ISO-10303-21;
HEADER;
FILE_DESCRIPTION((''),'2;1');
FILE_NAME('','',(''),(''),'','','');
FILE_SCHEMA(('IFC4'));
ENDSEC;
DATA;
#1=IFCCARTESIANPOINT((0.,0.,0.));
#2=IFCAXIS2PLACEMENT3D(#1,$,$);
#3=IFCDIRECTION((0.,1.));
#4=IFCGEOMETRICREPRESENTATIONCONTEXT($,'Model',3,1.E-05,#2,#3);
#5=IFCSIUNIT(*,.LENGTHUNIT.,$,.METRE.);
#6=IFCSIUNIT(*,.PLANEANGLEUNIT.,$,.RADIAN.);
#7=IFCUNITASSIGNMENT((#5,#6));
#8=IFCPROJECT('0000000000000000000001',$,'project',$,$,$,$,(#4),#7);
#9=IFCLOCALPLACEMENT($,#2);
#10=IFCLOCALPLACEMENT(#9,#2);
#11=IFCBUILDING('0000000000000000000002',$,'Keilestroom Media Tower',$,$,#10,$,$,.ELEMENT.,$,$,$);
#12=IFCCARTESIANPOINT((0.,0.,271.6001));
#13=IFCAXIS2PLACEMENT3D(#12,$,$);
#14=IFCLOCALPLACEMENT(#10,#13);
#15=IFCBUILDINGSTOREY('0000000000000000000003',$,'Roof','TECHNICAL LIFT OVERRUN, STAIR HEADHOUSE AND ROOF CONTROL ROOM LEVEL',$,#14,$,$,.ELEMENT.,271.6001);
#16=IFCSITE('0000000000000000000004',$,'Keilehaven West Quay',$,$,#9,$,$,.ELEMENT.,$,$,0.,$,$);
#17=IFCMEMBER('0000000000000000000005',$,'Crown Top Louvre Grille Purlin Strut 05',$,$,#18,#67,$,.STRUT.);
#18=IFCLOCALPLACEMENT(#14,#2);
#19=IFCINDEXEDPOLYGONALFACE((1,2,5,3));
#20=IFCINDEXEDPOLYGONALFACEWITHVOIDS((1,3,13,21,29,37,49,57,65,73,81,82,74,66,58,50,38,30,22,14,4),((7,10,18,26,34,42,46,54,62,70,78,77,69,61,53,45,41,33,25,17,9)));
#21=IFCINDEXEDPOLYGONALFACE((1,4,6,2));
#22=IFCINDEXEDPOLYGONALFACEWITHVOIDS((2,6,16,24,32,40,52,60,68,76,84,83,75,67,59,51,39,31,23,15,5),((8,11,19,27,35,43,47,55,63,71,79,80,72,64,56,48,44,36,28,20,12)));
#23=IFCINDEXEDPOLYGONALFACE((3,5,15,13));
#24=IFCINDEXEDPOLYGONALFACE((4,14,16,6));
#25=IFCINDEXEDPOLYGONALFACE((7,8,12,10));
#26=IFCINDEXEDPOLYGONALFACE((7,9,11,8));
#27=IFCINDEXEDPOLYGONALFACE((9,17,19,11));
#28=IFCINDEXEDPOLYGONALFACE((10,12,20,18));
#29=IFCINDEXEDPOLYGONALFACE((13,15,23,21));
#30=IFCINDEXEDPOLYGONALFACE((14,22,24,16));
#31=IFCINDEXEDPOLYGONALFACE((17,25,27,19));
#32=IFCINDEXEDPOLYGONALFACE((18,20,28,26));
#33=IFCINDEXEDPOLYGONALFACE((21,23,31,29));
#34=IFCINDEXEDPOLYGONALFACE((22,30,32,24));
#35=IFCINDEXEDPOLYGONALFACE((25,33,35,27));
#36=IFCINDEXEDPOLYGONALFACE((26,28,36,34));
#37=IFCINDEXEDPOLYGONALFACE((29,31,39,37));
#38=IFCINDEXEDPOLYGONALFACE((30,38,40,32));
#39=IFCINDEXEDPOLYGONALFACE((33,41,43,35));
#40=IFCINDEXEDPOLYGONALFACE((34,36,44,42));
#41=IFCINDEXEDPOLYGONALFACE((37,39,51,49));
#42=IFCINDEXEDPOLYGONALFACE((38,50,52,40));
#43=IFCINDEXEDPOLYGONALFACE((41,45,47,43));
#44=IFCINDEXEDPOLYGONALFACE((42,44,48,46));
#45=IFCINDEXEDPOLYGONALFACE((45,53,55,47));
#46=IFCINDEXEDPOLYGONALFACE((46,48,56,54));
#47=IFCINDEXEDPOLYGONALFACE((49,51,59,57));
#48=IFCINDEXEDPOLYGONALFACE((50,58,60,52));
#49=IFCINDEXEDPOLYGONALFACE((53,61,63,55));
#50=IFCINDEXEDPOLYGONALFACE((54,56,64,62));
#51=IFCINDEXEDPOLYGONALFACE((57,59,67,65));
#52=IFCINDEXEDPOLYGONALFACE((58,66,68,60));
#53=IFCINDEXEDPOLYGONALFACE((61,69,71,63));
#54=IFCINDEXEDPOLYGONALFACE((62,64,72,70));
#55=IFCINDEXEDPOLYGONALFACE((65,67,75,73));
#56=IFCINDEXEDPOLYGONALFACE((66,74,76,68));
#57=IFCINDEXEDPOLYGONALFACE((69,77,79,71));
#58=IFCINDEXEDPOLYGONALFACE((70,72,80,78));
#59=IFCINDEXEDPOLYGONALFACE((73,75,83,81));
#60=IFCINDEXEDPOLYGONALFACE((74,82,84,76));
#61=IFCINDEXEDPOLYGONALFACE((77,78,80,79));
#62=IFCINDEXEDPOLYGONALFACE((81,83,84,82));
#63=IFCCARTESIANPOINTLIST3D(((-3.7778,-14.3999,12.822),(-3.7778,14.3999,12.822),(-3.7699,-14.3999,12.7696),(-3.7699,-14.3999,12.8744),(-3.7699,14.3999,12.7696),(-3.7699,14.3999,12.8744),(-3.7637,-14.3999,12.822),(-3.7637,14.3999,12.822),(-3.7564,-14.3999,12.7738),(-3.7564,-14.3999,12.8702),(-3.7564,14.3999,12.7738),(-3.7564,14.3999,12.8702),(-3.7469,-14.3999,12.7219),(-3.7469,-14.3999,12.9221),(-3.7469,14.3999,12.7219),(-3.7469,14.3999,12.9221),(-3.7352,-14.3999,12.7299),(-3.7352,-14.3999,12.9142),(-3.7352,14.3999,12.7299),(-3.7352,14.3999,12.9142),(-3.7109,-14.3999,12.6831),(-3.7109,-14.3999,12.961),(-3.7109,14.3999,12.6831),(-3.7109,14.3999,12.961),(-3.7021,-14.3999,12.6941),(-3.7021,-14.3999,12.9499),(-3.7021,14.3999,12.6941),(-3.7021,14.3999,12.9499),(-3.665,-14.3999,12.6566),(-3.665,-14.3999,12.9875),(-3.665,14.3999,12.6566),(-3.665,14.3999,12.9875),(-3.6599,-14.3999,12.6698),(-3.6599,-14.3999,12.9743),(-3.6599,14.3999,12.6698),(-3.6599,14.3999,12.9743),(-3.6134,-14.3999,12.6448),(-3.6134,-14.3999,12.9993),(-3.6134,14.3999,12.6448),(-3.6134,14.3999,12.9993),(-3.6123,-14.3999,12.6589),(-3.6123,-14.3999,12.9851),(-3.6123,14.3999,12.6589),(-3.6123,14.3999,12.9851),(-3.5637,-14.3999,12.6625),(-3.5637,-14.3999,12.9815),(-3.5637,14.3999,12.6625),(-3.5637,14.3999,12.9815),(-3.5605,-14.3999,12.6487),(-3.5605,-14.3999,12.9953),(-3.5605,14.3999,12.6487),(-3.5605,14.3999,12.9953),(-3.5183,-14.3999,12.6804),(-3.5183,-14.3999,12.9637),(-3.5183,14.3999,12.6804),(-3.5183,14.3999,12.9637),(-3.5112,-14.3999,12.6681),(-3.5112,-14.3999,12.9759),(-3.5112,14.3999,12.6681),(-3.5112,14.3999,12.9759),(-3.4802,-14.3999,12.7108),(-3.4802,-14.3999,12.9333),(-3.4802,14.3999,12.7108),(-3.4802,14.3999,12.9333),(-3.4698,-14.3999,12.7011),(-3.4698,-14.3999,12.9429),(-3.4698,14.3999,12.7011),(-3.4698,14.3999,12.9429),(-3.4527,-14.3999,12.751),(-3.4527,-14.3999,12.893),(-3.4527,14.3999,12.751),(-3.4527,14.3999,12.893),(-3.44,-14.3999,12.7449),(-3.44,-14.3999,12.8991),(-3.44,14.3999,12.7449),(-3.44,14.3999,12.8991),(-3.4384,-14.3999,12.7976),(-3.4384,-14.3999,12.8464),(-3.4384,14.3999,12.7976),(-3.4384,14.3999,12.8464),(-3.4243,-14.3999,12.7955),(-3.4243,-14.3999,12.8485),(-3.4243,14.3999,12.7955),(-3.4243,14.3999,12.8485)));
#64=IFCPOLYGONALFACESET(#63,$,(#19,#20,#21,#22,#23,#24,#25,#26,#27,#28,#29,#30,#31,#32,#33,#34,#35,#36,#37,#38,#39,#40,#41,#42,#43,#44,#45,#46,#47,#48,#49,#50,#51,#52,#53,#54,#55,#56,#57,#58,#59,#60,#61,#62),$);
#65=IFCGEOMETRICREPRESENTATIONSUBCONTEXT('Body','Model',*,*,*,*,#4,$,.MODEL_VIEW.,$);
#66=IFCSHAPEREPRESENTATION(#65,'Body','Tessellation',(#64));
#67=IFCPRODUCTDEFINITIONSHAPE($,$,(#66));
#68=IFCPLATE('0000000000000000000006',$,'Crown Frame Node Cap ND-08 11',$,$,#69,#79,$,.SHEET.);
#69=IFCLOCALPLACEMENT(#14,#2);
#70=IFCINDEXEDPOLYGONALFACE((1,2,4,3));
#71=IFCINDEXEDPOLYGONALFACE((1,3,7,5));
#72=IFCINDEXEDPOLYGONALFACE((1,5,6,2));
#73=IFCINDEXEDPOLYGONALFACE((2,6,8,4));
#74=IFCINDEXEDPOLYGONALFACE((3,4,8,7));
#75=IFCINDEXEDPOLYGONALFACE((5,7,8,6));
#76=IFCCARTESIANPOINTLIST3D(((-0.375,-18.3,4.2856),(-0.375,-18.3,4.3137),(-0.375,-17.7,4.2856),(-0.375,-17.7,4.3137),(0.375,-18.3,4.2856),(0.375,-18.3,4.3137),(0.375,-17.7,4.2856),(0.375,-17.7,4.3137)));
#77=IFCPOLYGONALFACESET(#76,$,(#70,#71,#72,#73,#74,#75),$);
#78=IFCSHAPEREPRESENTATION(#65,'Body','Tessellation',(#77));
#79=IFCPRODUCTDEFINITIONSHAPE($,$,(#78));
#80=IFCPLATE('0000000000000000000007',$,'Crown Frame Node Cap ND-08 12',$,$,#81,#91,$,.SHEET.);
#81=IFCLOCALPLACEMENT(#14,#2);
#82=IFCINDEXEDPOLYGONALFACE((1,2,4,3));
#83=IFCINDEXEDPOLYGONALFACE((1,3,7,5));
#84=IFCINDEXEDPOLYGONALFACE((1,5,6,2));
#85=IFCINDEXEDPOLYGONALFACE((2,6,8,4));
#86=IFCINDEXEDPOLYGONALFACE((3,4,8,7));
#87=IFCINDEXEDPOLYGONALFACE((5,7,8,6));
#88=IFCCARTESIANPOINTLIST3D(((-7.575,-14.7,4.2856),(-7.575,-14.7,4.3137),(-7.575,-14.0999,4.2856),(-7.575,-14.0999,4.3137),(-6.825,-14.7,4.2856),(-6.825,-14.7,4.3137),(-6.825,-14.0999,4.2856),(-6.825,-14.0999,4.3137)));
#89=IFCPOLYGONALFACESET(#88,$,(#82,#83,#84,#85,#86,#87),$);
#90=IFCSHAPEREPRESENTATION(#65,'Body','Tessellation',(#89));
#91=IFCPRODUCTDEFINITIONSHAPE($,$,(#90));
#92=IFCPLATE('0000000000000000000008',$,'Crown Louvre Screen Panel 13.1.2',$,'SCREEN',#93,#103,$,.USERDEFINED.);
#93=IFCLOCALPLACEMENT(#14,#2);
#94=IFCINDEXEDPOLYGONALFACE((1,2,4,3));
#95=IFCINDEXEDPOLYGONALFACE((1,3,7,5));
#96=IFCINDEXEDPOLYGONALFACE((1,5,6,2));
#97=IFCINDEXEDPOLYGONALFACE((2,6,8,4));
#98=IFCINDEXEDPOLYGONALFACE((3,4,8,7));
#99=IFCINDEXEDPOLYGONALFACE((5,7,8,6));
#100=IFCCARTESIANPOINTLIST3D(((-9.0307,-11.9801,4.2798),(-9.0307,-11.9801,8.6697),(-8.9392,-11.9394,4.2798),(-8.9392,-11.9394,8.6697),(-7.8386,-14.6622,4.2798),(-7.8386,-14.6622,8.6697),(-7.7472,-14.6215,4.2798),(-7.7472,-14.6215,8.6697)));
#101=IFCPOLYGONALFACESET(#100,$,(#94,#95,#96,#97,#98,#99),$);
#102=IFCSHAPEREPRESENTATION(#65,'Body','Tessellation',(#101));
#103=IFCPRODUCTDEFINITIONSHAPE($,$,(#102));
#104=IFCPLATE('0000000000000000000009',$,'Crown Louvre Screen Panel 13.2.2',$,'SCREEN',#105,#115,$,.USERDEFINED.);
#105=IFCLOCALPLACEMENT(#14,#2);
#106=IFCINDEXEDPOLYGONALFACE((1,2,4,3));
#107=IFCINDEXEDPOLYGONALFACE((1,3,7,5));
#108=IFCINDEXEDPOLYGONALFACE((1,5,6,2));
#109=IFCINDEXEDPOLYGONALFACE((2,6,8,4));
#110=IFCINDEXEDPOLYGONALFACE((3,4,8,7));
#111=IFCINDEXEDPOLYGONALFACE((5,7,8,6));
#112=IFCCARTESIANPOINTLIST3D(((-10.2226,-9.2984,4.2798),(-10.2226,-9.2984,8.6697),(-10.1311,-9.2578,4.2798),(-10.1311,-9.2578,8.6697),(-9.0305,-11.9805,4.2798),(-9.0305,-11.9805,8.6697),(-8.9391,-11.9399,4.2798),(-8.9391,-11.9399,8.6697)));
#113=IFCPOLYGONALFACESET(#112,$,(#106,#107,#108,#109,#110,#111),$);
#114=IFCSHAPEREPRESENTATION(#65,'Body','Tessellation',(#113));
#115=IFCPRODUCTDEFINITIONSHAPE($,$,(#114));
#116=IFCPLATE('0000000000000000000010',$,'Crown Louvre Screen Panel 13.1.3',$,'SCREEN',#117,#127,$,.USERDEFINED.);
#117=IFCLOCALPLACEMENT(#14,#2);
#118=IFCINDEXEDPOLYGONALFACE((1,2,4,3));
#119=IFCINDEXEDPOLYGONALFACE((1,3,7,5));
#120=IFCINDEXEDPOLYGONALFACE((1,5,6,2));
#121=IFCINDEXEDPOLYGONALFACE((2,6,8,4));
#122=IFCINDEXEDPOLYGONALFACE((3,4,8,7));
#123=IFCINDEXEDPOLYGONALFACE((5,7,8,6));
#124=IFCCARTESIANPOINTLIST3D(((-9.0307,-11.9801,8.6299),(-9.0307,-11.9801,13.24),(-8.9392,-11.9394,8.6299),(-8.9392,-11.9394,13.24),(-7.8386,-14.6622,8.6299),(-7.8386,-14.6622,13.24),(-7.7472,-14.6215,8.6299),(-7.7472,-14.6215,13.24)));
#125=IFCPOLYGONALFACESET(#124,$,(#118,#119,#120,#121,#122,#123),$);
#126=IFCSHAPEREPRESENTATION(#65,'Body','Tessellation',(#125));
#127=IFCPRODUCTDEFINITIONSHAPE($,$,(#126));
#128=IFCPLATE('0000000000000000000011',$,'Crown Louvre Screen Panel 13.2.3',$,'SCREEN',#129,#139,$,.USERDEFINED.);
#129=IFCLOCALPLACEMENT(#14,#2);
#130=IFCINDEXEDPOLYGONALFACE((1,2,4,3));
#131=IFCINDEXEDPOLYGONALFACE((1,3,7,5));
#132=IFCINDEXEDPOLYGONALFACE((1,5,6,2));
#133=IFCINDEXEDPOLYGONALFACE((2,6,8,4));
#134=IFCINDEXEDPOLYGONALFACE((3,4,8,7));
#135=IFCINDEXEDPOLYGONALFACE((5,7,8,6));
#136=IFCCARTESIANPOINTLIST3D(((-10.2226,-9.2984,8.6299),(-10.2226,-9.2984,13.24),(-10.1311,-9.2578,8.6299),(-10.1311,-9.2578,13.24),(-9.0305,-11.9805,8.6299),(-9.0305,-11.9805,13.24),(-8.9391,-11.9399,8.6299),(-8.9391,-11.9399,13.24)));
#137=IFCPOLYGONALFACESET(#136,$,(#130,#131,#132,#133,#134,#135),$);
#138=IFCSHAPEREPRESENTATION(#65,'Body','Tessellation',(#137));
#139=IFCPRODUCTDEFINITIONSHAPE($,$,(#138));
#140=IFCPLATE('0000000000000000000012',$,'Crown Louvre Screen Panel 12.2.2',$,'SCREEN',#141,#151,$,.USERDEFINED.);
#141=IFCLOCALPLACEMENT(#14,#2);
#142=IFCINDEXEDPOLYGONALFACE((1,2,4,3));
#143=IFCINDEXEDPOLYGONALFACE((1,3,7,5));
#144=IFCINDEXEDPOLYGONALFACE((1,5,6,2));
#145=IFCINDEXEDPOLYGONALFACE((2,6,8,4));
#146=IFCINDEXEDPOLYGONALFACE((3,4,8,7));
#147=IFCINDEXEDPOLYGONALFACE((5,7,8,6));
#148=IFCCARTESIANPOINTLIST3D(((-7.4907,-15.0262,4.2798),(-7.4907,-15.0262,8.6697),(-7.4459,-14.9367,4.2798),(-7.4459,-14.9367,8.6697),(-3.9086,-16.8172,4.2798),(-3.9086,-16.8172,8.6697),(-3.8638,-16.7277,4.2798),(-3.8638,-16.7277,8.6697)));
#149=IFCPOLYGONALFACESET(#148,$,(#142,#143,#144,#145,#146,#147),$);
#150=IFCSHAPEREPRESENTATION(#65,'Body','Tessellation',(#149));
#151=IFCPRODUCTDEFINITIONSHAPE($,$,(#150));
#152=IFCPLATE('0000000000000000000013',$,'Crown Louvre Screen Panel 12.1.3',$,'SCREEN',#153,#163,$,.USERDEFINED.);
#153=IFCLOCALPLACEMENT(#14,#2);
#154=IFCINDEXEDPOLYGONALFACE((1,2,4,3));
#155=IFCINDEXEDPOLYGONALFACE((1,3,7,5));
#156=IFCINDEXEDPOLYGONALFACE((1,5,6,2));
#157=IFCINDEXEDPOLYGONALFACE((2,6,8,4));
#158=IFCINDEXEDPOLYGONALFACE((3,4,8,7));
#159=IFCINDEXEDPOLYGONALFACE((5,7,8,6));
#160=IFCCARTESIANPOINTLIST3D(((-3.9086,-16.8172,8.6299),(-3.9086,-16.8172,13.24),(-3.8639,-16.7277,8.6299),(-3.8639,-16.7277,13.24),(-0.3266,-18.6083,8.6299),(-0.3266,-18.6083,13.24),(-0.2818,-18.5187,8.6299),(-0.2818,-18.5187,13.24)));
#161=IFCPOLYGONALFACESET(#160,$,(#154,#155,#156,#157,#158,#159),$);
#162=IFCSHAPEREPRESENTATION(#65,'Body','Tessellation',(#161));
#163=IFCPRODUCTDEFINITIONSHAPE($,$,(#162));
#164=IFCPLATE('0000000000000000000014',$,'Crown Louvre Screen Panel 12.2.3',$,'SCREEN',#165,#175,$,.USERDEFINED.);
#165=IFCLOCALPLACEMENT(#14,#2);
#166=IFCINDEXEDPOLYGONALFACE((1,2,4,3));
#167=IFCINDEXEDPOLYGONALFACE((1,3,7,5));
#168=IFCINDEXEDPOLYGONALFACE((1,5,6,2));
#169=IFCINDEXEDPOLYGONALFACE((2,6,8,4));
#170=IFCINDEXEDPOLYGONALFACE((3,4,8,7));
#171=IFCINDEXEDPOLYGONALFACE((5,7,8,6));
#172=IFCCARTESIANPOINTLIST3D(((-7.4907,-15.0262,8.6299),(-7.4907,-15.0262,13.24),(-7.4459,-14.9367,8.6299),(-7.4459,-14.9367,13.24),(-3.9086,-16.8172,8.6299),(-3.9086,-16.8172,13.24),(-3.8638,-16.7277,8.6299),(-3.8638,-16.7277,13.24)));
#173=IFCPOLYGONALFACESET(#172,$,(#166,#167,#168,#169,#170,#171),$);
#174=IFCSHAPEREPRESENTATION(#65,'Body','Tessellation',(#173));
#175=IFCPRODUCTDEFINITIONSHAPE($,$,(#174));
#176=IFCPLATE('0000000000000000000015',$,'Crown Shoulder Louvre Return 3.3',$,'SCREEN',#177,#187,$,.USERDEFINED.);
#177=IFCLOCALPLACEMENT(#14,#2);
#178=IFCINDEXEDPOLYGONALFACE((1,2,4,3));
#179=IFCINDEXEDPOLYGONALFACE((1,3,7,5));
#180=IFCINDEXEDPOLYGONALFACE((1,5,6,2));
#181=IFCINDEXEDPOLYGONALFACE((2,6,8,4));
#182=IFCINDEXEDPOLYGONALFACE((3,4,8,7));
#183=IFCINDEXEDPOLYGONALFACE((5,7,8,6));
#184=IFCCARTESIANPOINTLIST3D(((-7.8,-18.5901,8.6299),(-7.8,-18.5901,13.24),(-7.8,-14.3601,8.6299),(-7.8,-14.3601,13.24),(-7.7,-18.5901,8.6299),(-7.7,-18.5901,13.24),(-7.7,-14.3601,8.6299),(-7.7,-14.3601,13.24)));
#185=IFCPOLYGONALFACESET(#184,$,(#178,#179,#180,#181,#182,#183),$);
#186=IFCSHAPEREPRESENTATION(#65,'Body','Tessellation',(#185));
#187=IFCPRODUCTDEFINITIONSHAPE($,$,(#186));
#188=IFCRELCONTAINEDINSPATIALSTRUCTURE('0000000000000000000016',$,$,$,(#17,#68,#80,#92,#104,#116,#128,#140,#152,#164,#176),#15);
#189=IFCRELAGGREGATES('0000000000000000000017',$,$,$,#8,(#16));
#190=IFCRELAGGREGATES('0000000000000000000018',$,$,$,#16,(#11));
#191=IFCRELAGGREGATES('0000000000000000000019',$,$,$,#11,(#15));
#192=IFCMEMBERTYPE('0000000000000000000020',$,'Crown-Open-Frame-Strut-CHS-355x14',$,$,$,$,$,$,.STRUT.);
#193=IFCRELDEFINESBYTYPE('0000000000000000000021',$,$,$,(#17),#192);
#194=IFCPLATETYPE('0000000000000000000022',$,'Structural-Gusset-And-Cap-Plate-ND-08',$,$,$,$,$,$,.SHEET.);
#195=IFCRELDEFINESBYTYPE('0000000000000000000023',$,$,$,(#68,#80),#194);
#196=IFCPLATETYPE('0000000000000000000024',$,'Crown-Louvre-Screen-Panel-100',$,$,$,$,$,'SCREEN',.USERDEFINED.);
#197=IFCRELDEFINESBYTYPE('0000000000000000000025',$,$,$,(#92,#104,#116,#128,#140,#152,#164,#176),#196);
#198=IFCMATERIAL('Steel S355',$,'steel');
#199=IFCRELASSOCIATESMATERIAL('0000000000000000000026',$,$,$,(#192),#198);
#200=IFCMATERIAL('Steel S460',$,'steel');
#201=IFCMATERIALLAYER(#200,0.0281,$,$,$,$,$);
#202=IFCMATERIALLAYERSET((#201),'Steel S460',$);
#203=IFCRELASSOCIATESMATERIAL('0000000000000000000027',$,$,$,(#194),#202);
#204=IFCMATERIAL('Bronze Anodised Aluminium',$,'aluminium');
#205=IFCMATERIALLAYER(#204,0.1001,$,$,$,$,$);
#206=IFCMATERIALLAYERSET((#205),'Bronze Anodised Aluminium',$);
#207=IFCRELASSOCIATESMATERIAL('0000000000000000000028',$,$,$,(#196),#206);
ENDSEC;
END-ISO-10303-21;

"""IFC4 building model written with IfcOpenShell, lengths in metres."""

from ifc_helpers import new_model, si_unit, direction, frame, origin, origin_2d, place, context, subcontext, project, spatial, rectangle, hollow_circle, extrude, source, transform, mapped, material, layer, layer_set, material_profile, profile_set, type_object, element, save


model = new_model("IFC4")

# Units and contexts
model_context = context("Model", 3, precision=1e-05, world=origin(), true_north=direction((0.0, 1.0)))
body_context = subcontext(model_context, "Body", "Model", "MODEL_VIEW")
ifc_project = project(units=[si_unit("LENGTHUNIT", "METRE"), si_unit("PLANEANGLEUNIT", "RADIAN")], contexts=[model_context])

# Site, building, storey
site_placement = place(None, origin())
site = spatial("IfcSite", under=ifc_project, at=site_placement, Name="Keilehaven West Quay", CompositionType="ELEMENT", RefElevation=0.0)
building_placement = place(site_placement, origin())
building = spatial("IfcBuilding", under=site, at=building_placement, Name="Keilestroom Media Tower", CompositionType="ELEMENT")
storey_placement = place(building_placement, frame((0.0, 0.0, 271.6001)))
storey = spatial("IfcBuildingStorey", under=building, at=storey_placement, Name="Roof", Description="TECHNICAL LIFT OVERRUN, STAIR HEADHOUSE AND ROOF CONTROL ROOM LEVEL", CompositionType="ELEMENT", Elevation=271.6001)

# Member
ifc_material_1 = material(Name="Steel S355", Category="steel")
ifc_material_profile_1 = material_profile(ifc_material_1, hollow_circle(Radius=0.1777, WallThickness=0.0142, at=origin_2d()), Name="CHS 355.6x14.2")
ifc_profile_set_1 = profile_set([ifc_material_profile_1], Name="Steel S355")
member_type = type_object("IfcMemberType", Name="Crown-Open-Frame-Strut-CHS-355x14", PredefinedType="STRUT", material=ifc_profile_set_1)
shared_shape_1 = source(origin(), body_context, "Body", "SweptSolid", [
    extrude(hollow_circle(Radius=0.1777, WallThickness=0.0142, at=origin_2d()), origin(), (0.0, 0.0, 1.0), 28.7998),
])
member_placement = place(storey_placement, frame((-3.6001, -14.3999, 12.822), z_axis=(0.0, 1.0, 0.0), x_axis=(-1.0, 0.0, 0.0)))
element("IfcMember", 1, at=member_placement, inside=storey, type_object=member_type, Name="Crown Top Louvre Grille Purlin Strut 05", PredefinedType="STRUT", context=body_context, shape_type="MappedRepresentation", body=[
    mapped(shared_shape_1, transform((0.0, 0.0, 0.0), x_axis=(1.0, 0.0, 0.0), y_axis=(0.0, 1.0, 0.0), z_axis=(0.0, 0.0, 1.0), scale=1.0)),
])

# Plates
ifc_material_2 = material(Name="Steel S460", Category="steel")
ifc_layer_1 = layer(ifc_material_2, 0.0281)
ifc_layer_set_1 = layer_set([ifc_layer_1], Name="Steel S460")
plate_type_1 = type_object("IfcPlateType", Name="Structural-Gusset-And-Cap-Plate-ND-08", PredefinedType="SHEET", material=ifc_layer_set_1)
shared_shape_2 = source(origin(), body_context, "Body", "SweptSolid", [
    extrude(rectangle(XDim=0.75, YDim=0.6001, at=origin_2d()), origin(), (0.0, 0.0, 1.0), 0.0281),
])
for number, where, z_axis, x_axis, name in (
    (2, (0.0, -18.0, 4.2856), (0.0, 0.0, 1.0), (1.0, 0.0, 0.0), "Crown Frame Node Cap ND-08 11"),
    (3, (-7.2, -14.3999, 4.2856), (0.0, 0.0, 1.0), (1.0, 0.0, 0.0), "Crown Frame Node Cap ND-08 12"),
):
    element("IfcPlate", number, at=place(storey_placement, frame(where, z_axis=z_axis, x_axis=x_axis)), inside=storey, type_object=plate_type_1, Name=name, PredefinedType="SHEET", context=body_context, shape_type="MappedRepresentation", body=[
        mapped(shared_shape_2, transform((0.0, 0.0, 0.0), x_axis=(1.0, 0.0, 0.0), y_axis=(0.0, 1.0, 0.0), z_axis=(0.0, 0.0, 1.0), scale=1.0)),
    ])
ifc_material_3 = material(Name="Bronze Anodised Aluminium", Category="aluminium")
ifc_layer_2 = layer(ifc_material_3, 0.1001)
ifc_layer_set_2 = layer_set([ifc_layer_2], Name="Bronze Anodised Aluminium")
plate_type_2 = type_object("IfcPlateType", Name="Crown-Louvre-Screen-Panel-100", ElementType="SCREEN", PredefinedType="USERDEFINED", material=ifc_layer_set_2)
shared_shape_3 = source(origin(), body_context, "Body", "SweptSolid", [
    extrude(rectangle(XDim=2.9351, YDim=0.1001, at=origin_2d()), origin(), (0.0, 0.0, 1.0), 4.3899),
])
for number, where, z_axis, x_axis, name in (
    (4, (-8.3889, -13.3008, 4.2798), (0.0, 0.0, 1.0), (-0.406139, 0.913811, 0.0), "Crown Louvre Screen Panel 13.1.2"),
    (5, (-9.5808, -10.6191, 4.2798), (0.0, 0.0, 1.0), (-0.406139, 0.913811, 0.0), "Crown Louvre Screen Panel 13.2.2"),
):
    element("IfcPlate", number, at=place(storey_placement, frame(where, z_axis=z_axis, x_axis=x_axis)), inside=storey, type_object=plate_type_2, Name=name, ObjectType="SCREEN", PredefinedType="USERDEFINED", context=body_context, shape_type="MappedRepresentation", body=[
        mapped(shared_shape_3, transform((0.0, 0.0, 0.0), x_axis=(1.0, 0.0, 0.0), y_axis=(0.0, 1.0, 0.0), z_axis=(0.0, 0.0, 1.0), scale=1.0)),
    ])
shared_shape_4 = source(origin(), body_context, "Body", "SweptSolid", [
    extrude(rectangle(XDim=2.9351, YDim=0.1001, at=origin_2d()), origin(), (0.0, 0.0, 1.0), 4.6101),
])
for number, where, z_axis, x_axis, name in (
    (6, (-8.3889, -13.3008, 8.6299), (0.0, 0.0, 1.0), (-0.406139, 0.913811, 0.0), "Crown Louvre Screen Panel 13.1.3"),
    (7, (-9.5808, -10.6191, 8.6299), (0.0, 0.0, 1.0), (-0.406139, 0.913811, 0.0), "Crown Louvre Screen Panel 13.2.3"),
):
    element("IfcPlate", number, at=place(storey_placement, frame(where, z_axis=z_axis, x_axis=x_axis)), inside=storey, type_object=plate_type_2, Name=name, ObjectType="SCREEN", PredefinedType="USERDEFINED", context=body_context, shape_type="MappedRepresentation", body=[
        mapped(shared_shape_4, transform((0.0, 0.0, 0.0), x_axis=(1.0, 0.0, 0.0), y_axis=(0.0, 1.0, 0.0), z_axis=(0.0, 0.0, 1.0), scale=1.0)),
    ])
shared_shape_5 = source(origin(), body_context, "Body", "SweptSolid", [
    extrude(rectangle(XDim=4.0049, YDim=0.1001, at=origin_2d()), origin(), (0.0, 0.0, 1.0), 4.3899),
])
plate_1_placement = place(storey_placement, frame((-5.6772, -15.877, 4.2798), z_axis=(0.0, 0.0, 1.0), x_axis=(-0.894427, 0.447214, 0.0)))
element("IfcPlate", 8, at=plate_1_placement, inside=storey, type_object=plate_type_2, Name="Crown Louvre Screen Panel 12.2.2", ObjectType="SCREEN", PredefinedType="USERDEFINED", context=body_context, shape_type="MappedRepresentation", body=[
    mapped(shared_shape_5, transform((0.0, 0.0, 0.0), x_axis=(1.0, 0.0, 0.0), y_axis=(0.0, 1.0, 0.0), z_axis=(0.0, 0.0, 1.0), scale=1.0)),
])
shared_shape_6 = source(origin(), body_context, "Body", "SweptSolid", [
    extrude(rectangle(XDim=4.0049, YDim=0.1001, at=origin_2d()), origin(), (0.0, 0.0, 1.0), 4.6101),
])
for number, where, z_axis, x_axis, name in (
    (9, (-2.0952, -17.668, 8.6299), (0.0, 0.0, 1.0), (-0.894427, 0.447214, 0.0), "Crown Louvre Screen Panel 12.1.3"),
    (10, (-5.6772, -15.877, 8.6299), (0.0, 0.0, 1.0), (-0.894427, 0.447214, 0.0), "Crown Louvre Screen Panel 12.2.3"),
):
    element("IfcPlate", number, at=place(storey_placement, frame(where, z_axis=z_axis, x_axis=x_axis)), inside=storey, type_object=plate_type_2, Name=name, ObjectType="SCREEN", PredefinedType="USERDEFINED", context=body_context, shape_type="MappedRepresentation", body=[
        mapped(shared_shape_6, transform((0.0, 0.0, 0.0), x_axis=(1.0, 0.0, 0.0), y_axis=(0.0, 1.0, 0.0), z_axis=(0.0, 0.0, 1.0), scale=1.0)),
    ])
shared_shape_7 = source(origin(), body_context, "Body", "SweptSolid", [
    extrude(rectangle(XDim=4.23, YDim=0.1001, at=origin_2d()), origin(), (0.0, 0.0, 1.0), 4.6101),
])
plate_2_placement = place(storey_placement, frame((-7.75, -16.4751, 8.6299), z_axis=(0.0, 0.0, 1.0), x_axis=(0.0, 1.0, 0.0)))
element("IfcPlate", 11, at=plate_2_placement, inside=storey, type_object=plate_type_2, Name="Crown Shoulder Louvre Return 3.3", ObjectType="SCREEN", PredefinedType="USERDEFINED", context=body_context, shape_type="MappedRepresentation", body=[
    mapped(shared_shape_7, transform((0.0, 0.0, 0.0), x_axis=(1.0, 0.0, 0.0), y_axis=(0.0, 1.0, 0.0), z_axis=(0.0, 0.0, 1.0), scale=1.0)),
])

save(model, "model.ifc")
